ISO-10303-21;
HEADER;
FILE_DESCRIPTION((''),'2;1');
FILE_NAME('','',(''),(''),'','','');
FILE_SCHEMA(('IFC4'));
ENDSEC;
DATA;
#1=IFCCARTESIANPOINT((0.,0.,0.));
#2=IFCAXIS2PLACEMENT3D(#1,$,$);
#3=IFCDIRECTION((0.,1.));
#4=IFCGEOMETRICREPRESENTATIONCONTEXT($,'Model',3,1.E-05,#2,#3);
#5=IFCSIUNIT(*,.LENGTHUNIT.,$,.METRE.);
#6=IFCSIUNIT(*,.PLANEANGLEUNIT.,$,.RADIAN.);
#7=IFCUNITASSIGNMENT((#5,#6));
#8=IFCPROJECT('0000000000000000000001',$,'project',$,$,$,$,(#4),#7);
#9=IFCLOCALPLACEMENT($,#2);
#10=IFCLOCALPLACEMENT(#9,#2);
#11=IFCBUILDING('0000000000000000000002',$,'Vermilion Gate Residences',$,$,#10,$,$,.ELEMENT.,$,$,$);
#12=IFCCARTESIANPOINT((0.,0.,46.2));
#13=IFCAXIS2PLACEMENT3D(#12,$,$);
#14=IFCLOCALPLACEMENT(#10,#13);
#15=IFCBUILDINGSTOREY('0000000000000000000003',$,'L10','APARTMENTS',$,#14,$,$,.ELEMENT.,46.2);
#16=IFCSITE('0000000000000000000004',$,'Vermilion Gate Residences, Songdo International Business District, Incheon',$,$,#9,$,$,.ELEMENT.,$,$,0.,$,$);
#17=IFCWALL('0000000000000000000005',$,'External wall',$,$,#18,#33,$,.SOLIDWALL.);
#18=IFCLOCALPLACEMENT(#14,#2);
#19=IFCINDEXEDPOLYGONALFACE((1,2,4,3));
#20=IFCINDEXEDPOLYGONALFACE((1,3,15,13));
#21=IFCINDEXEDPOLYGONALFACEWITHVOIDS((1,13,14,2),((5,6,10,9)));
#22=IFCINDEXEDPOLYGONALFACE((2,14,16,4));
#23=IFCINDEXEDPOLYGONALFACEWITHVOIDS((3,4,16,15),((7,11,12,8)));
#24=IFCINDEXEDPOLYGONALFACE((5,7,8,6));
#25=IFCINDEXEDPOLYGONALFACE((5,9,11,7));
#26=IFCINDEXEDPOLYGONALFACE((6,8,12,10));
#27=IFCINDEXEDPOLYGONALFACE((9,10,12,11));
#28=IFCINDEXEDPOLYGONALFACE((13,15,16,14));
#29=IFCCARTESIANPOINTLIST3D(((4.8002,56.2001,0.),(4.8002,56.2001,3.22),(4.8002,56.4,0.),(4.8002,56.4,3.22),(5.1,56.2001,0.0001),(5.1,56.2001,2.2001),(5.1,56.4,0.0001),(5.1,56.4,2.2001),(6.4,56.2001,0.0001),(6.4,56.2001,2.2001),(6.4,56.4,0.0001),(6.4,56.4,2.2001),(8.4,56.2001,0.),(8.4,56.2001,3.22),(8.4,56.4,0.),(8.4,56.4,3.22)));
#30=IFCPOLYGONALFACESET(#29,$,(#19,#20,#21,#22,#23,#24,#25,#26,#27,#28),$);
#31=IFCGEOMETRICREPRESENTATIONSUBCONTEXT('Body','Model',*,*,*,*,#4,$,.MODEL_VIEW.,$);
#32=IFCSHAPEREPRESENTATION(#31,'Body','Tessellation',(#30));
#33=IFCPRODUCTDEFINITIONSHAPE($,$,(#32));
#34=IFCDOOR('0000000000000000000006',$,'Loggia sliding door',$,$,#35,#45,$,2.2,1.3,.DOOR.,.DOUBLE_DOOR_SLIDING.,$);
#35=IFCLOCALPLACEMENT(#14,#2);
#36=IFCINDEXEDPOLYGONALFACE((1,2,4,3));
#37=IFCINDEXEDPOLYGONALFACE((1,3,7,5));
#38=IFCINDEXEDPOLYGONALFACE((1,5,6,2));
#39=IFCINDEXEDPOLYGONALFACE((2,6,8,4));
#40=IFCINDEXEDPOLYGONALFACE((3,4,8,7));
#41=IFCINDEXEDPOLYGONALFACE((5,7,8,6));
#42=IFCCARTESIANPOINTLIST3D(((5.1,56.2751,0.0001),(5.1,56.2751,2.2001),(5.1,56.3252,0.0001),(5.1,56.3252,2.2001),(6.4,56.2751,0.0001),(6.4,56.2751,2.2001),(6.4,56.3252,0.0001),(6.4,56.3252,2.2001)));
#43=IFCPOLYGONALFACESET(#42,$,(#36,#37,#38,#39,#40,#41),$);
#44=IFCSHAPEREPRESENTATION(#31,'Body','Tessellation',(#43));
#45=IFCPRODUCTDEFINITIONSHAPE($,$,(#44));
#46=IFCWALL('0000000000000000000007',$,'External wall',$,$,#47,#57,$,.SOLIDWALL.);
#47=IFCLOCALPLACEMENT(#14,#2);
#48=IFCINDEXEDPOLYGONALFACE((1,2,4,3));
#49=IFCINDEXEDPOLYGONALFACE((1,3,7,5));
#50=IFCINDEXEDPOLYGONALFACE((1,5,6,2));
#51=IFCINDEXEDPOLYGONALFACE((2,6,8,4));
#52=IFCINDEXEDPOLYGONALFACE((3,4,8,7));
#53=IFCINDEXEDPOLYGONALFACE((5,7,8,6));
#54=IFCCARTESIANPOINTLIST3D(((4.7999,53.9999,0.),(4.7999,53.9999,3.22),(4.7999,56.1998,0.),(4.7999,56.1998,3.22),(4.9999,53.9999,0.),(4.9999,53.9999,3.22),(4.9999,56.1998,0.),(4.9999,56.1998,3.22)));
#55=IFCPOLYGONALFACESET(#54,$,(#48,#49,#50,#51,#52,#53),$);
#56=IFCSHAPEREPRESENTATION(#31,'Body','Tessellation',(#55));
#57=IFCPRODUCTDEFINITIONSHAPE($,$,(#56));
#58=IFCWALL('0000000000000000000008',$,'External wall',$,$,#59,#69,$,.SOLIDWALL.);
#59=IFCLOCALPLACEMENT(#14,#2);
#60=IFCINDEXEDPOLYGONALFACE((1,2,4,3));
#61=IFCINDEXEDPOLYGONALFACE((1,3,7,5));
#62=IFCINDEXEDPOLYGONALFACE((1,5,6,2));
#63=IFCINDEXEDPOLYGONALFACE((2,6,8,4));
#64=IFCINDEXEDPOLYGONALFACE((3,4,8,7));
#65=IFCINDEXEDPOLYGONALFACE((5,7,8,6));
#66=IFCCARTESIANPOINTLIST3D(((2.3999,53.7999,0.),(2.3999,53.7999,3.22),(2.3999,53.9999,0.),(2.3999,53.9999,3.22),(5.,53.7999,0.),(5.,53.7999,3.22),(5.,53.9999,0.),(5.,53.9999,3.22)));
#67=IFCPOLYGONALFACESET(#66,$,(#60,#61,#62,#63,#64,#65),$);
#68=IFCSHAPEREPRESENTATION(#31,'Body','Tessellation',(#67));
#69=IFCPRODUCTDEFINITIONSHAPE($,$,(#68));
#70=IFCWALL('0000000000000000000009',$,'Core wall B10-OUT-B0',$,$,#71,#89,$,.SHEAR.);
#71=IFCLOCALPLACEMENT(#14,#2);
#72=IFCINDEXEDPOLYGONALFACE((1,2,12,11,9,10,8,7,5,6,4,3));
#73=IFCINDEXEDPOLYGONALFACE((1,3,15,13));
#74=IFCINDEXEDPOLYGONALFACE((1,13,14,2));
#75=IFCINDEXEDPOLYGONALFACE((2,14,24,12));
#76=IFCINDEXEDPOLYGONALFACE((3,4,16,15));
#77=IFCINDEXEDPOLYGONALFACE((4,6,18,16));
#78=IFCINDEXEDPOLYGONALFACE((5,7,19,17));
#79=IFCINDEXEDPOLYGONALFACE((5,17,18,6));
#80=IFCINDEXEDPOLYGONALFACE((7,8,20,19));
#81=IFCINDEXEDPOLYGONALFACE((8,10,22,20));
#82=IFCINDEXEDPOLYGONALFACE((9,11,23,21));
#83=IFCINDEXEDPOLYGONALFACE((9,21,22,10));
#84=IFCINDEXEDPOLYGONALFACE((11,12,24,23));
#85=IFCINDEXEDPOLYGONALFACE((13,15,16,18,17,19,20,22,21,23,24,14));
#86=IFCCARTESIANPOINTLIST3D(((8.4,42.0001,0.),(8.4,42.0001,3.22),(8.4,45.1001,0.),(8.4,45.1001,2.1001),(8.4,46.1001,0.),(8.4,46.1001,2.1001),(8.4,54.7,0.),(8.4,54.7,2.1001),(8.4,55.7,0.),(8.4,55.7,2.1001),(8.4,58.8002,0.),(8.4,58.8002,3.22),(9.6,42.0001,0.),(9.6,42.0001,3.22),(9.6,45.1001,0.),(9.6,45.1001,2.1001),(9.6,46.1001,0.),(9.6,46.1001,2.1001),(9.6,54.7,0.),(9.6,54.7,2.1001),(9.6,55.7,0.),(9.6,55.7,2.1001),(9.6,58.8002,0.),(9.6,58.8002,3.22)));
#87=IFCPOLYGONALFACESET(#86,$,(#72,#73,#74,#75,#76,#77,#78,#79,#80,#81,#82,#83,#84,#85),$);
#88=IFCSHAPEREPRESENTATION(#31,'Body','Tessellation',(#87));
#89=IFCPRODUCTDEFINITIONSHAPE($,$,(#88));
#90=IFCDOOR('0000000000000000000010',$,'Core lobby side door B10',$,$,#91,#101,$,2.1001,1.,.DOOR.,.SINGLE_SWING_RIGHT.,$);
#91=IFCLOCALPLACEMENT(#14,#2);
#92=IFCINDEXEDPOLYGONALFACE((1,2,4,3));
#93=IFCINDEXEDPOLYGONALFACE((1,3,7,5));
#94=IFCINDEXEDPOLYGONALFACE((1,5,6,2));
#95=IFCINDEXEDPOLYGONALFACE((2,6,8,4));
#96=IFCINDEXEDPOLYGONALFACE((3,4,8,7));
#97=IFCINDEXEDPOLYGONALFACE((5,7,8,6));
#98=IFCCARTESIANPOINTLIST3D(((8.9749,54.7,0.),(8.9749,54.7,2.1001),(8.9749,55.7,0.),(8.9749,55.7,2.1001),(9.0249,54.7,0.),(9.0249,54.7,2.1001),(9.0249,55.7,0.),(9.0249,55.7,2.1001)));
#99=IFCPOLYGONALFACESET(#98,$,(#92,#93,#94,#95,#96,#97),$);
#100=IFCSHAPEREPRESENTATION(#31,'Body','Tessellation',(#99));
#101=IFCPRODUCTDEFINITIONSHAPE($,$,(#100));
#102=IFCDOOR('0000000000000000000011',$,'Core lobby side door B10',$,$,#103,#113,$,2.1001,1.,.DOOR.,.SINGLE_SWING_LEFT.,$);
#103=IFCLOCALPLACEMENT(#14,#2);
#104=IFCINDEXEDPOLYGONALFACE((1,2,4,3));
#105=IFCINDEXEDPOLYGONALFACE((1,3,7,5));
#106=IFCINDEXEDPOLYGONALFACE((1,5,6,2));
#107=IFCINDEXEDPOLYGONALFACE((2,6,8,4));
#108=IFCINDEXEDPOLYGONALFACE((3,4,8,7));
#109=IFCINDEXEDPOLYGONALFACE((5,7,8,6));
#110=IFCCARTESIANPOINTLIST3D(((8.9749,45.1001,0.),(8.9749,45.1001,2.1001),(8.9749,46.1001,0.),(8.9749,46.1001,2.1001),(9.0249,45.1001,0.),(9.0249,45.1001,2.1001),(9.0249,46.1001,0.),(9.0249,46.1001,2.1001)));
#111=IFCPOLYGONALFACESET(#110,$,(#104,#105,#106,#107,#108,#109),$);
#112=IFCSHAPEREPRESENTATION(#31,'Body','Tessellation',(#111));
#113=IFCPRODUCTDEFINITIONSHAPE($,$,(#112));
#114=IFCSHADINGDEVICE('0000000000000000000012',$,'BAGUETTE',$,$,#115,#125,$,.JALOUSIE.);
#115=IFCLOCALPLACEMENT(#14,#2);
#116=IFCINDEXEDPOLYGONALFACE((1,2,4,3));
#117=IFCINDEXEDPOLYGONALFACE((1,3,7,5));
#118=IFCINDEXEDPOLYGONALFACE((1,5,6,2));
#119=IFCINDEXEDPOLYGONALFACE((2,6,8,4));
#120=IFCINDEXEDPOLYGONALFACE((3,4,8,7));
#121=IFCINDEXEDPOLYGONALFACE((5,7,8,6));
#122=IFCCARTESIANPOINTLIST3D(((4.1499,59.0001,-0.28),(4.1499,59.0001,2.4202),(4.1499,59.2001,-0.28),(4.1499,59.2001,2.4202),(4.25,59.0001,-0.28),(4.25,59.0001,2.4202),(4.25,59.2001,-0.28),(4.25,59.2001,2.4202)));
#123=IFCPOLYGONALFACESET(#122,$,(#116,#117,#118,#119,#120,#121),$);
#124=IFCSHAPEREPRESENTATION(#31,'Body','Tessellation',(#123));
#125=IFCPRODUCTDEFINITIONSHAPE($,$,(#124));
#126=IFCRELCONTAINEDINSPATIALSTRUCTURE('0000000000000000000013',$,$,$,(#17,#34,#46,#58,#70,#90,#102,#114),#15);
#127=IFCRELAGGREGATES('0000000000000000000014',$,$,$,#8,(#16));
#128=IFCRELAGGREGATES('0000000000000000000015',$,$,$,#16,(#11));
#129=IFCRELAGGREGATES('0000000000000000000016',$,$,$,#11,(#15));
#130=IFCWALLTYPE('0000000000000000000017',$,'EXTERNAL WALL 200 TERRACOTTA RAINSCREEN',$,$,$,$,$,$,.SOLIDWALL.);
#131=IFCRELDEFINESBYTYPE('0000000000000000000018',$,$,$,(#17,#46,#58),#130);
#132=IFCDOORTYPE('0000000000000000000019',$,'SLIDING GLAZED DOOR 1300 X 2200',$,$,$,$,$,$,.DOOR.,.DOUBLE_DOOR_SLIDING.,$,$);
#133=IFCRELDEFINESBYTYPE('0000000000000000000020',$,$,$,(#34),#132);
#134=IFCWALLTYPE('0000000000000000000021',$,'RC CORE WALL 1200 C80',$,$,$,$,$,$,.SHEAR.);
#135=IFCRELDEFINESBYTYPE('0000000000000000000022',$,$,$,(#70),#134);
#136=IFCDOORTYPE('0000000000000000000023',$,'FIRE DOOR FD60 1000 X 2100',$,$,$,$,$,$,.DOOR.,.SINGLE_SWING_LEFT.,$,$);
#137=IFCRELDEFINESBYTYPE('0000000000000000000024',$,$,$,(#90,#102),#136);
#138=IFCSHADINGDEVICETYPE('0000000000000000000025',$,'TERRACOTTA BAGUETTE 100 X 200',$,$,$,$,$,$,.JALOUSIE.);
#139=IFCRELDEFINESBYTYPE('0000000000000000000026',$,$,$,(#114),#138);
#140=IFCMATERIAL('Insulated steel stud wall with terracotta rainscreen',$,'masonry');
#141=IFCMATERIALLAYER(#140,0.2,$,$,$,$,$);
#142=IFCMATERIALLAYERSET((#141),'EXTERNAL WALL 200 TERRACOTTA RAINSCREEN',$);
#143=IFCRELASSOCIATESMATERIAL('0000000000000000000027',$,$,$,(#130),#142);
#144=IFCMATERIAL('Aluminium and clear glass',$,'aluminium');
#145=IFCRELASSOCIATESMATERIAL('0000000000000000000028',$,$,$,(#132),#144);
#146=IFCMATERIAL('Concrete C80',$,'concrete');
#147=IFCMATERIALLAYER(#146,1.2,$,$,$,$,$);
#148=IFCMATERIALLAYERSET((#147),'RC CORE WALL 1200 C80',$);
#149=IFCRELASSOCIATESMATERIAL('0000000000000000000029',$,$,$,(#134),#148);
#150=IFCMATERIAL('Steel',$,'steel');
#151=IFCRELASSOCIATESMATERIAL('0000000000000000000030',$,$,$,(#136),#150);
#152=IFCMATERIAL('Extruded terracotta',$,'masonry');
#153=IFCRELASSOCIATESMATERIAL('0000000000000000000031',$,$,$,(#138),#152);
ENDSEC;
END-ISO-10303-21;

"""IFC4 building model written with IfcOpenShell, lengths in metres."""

from ifc_helpers import new_model, si_unit, direction, frame, frame_2d, origin, origin_2d, place, context, subcontext, project, spatial, rectangle, extrude, material, layer, layer_set, material_profile, profile_set, type_object, element, fill, save


model = new_model("IFC4")

# Units and contexts
model_context = context("Model", 3, precision=1e-05, world=origin(), true_north=direction((0.0, 1.0)))
body_context = subcontext(model_context, "Body", "Model", "MODEL_VIEW")
ifc_project = project(units=[si_unit("LENGTHUNIT", "METRE"), si_unit("PLANEANGLEUNIT", "RADIAN")], contexts=[model_context])

# Site, building, storey
site_placement = place(None, origin())
site = spatial("IfcSite", under=ifc_project, at=site_placement, Name="Vermilion Gate Residences, Songdo International Business District, Incheon", CompositionType="ELEMENT", RefElevation=0.0)
building_placement = place(site_placement, origin())
building = spatial("IfcBuilding", under=site, at=building_placement, Name="Vermilion Gate Residences", CompositionType="ELEMENT")
storey_placement = place(building_placement, frame((0.0, 0.0, 46.2)))
storey = spatial("IfcBuildingStorey", under=building, at=storey_placement, Name="L10", Description="APARTMENTS", CompositionType="ELEMENT", Elevation=46.2)

# Wall, opening, door
ifc_material_1 = material(Name="Insulated steel stud wall with terracotta rainscreen", Category="masonry")
ifc_layer_1 = layer(ifc_material_1, 0.2)
ifc_layer_set_1 = layer_set([ifc_layer_1], Name="EXTERNAL WALL 200 TERRACOTTA RAINSCREEN")
wall_type_1 = type_object("IfcWallType", Name="EXTERNAL WALL 200 TERRACOTTA RAINSCREEN", PredefinedType="SOLIDWALL", material=ifc_layer_set_1)
wall_1_placement = place(storey_placement, frame((8.3999, 56.3, 0.0), z_axis=(0.0, 0.0, 1.0), x_axis=(-1.0, 0.0, 0.0)))
wall_1 = element("IfcWall", 1, at=wall_1_placement, inside=storey, type_object=wall_type_1, Name="External wall", PredefinedType="SOLIDWALL", context=body_context, shape_type="SweptSolid", body=[
    extrude(rectangle(XDim=3.5999, YDim=0.2, at=frame_2d((1.7998, 0.0))), origin(), (0.0, 0.0, 1.0), 3.22),
])
opening_1_placement = place(wall_1_placement, frame((2.0, 0.0, 0.0)))
opening_1 = element("IfcOpeningElement", 2, at=opening_1_placement, cuts=wall_1, PredefinedType="OPENING", context=body_context, shape_type="SweptSolid", body=[
    extrude(rectangle(XDim=1.3, YDim=2.2, at=frame_2d((0.6499, 1.1001))), frame((0.0, 0.1099, 0.0), z_axis=(0.0, -1.0, 0.0), x_axis=(1.0, 0.0, 0.0)), (0.0, 0.0, 1.0), 0.22),
])
ifc_material_2 = material(Name="Aluminium and clear glass", Category="aluminium")
door_type_1 = type_object("IfcDoorType", Name="SLIDING GLAZED DOOR 1300 X 2200", OperationType="DOUBLE_DOOR_SLIDING", PredefinedType="DOOR", material=ifc_material_2)
door_1_placement = place(opening_1_placement, origin())
door_1 = element("IfcDoor", 3, at=door_1_placement, inside=storey, type_object=door_type_1, Name="Loggia sliding door", OperationType="DOUBLE_DOOR_SLIDING", OverallHeight=2.2, OverallWidth=1.3, PredefinedType="DOOR", context=body_context, shape_type="SweptSolid", body=[
    extrude(rectangle(XDim=1.3, YDim=2.2, at=frame_2d((0.6499, 1.1001))), frame((0.0, 0.0249, 0.0), z_axis=(0.0, -1.0, 0.0), x_axis=(1.0, 0.0, 0.0)), (0.0, 0.0, 1.0), 0.05),
])
fill(opening_1, door_1)

# Walls
wall_2_placement = place(storey_placement, frame((4.8999, 56.2, 0.0), z_axis=(0.0, 0.0, 1.0), x_axis=(0.0, -1.0, 0.0)))
element("IfcWall", 4, at=wall_2_placement, inside=storey, type_object=wall_type_1, Name="External wall", PredefinedType="SOLIDWALL", context=body_context, shape_type="SweptSolid", body=[
    extrude(rectangle(XDim=2.2, YDim=0.2, at=frame_2d((1.1001, 0.0))), origin(), (0.0, 0.0, 1.0), 3.22),
])
wall_3_placement = place(storey_placement, frame((5.0, 53.8999, 0.0), z_axis=(0.0, 0.0, 1.0), x_axis=(-1.0, 0.0, 0.0)))
element("IfcWall", 5, at=wall_3_placement, inside=storey, type_object=wall_type_1, Name="External wall", PredefinedType="SOLIDWALL", context=body_context, shape_type="SweptSolid", body=[
    extrude(rectangle(XDim=2.6001, YDim=0.2, at=frame_2d((1.3, 0.0))), origin(), (0.0, 0.0, 1.0), 3.22),
])

# Wall, openings, doors
ifc_material_3 = material(Name="Concrete C80", Category="concrete")
ifc_layer_2 = layer(ifc_material_3, 1.2)
ifc_layer_set_2 = layer_set([ifc_layer_2], Name="RC CORE WALL 1200 C80")
wall_type_2 = type_object("IfcWallType", Name="RC CORE WALL 1200 C80", PredefinedType="SHEAR", material=ifc_layer_set_2)
wall_4_placement = place(storey_placement, frame((9.0, 58.8, 0.0), z_axis=(0.0, 0.0, 1.0), x_axis=(0.0, -1.0, 0.0)))
wall_4 = element("IfcWall", 6, at=wall_4_placement, inside=storey, type_object=wall_type_2, Name="Core wall B10-OUT-B0", PredefinedType="SHEAR", context=body_context, shape_type="SweptSolid", body=[
    extrude(rectangle(XDim=16.8, YDim=1.2, at=frame_2d((8.3999, 0.0))), origin(), (0.0, 0.0, 1.0), 3.22),
])
opening_2_placement = place(wall_4_placement, frame((3.1001, 0.0, 0.0)))
opening_2 = element("IfcOpeningElement", 7, at=opening_2_placement, cuts=wall_4, PredefinedType="OPENING", context=body_context, shape_type="SweptSolid", body=[
    extrude(rectangle(XDim=1.0, YDim=2.1001, at=frame_2d((0.5, 1.05))), frame((0.0, 0.6099, 0.0), z_axis=(0.0, -1.0, 0.0), x_axis=(1.0, 0.0, 0.0)), (0.0, 0.0, 1.0), 1.22),
])
opening_3_placement = place(wall_4_placement, frame((12.7, 0.0, 0.0)))
opening_3 = element("IfcOpeningElement", 8, at=opening_3_placement, cuts=wall_4, PredefinedType="OPENING", context=body_context, shape_type="SweptSolid", body=[
    extrude(rectangle(XDim=1.0, YDim=2.1001, at=frame_2d((0.5, 1.05))), frame((0.0, 0.6099, 0.0), z_axis=(0.0, -1.0, 0.0), x_axis=(1.0, 0.0, 0.0)), (0.0, 0.0, 1.0), 1.22),
])
ifc_material_4 = material(Name="Steel", Category="steel")
door_type_2 = type_object("IfcDoorType", Name="FIRE DOOR FD60 1000 X 2100", OperationType="SINGLE_SWING_LEFT", PredefinedType="DOOR", material=ifc_material_4)
door_2_placement = place(opening_2_placement, origin())
door_2 = element("IfcDoor", 9, at=door_2_placement, inside=storey, type_object=door_type_2, Name="Core lobby side door B10", OperationType="SINGLE_SWING_RIGHT", OverallHeight=2.1001, OverallWidth=1.0, PredefinedType="DOOR", context=body_context, shape_type="SweptSolid", body=[
    extrude(rectangle(XDim=1.0, YDim=2.1001, at=frame_2d((0.5, 1.05))), frame((0.0, 0.0249, 0.0), z_axis=(0.0, -1.0, 0.0), x_axis=(1.0, 0.0, 0.0)), (0.0, 0.0, 1.0), 0.05),
])
fill(opening_2, door_2)
door_3_placement = place(opening_3_placement, origin())
door_3 = element("IfcDoor", 10, at=door_3_placement, inside=storey, type_object=door_type_2, Name="Core lobby side door B10", OperationType="SINGLE_SWING_LEFT", OverallHeight=2.1001, OverallWidth=1.0, PredefinedType="DOOR", context=body_context, shape_type="SweptSolid", body=[
    extrude(rectangle(XDim=1.0, YDim=2.1001, at=frame_2d((0.5, 1.05))), frame((0.0, 0.0249, 0.0), z_axis=(0.0, -1.0, 0.0), x_axis=(1.0, 0.0, 0.0)), (0.0, 0.0, 1.0), 0.05),
])
fill(opening_3, door_3)

# Shading device
ifc_material_5 = material(Name="Extruded terracotta", Category="masonry")
ifc_material_profile = material_profile(ifc_material_5, rectangle(XDim=0.2, YDim=0.1001, at=origin_2d()), Name="BAGUETTE 100 X 200")
ifc_profile_set = profile_set([ifc_material_profile], Name="Extruded terracotta")
shading_device_type = type_object("IfcShadingDeviceType", Name="TERRACOTTA BAGUETTE 100 X 200", PredefinedType="JALOUSIE", material=ifc_profile_set)
shading_device_placement = place(storey_placement, frame((4.2, 59.1001, -0.28), z_axis=(0.0, 0.0, 1.0), x_axis=(0.0, -1.0, 0.0)))
element("IfcShadingDevice", 11, at=shading_device_placement, inside=storey, type_object=shading_device_type, Name="BAGUETTE", PredefinedType="JALOUSIE", context=body_context, shape_type="SweptSolid", body=[
    extrude(rectangle(XDim=0.2, YDim=0.1001, at=origin_2d()), origin(), (0.0, 0.0, 1.0), 2.7002),
])

save(model, "model.ifc")
